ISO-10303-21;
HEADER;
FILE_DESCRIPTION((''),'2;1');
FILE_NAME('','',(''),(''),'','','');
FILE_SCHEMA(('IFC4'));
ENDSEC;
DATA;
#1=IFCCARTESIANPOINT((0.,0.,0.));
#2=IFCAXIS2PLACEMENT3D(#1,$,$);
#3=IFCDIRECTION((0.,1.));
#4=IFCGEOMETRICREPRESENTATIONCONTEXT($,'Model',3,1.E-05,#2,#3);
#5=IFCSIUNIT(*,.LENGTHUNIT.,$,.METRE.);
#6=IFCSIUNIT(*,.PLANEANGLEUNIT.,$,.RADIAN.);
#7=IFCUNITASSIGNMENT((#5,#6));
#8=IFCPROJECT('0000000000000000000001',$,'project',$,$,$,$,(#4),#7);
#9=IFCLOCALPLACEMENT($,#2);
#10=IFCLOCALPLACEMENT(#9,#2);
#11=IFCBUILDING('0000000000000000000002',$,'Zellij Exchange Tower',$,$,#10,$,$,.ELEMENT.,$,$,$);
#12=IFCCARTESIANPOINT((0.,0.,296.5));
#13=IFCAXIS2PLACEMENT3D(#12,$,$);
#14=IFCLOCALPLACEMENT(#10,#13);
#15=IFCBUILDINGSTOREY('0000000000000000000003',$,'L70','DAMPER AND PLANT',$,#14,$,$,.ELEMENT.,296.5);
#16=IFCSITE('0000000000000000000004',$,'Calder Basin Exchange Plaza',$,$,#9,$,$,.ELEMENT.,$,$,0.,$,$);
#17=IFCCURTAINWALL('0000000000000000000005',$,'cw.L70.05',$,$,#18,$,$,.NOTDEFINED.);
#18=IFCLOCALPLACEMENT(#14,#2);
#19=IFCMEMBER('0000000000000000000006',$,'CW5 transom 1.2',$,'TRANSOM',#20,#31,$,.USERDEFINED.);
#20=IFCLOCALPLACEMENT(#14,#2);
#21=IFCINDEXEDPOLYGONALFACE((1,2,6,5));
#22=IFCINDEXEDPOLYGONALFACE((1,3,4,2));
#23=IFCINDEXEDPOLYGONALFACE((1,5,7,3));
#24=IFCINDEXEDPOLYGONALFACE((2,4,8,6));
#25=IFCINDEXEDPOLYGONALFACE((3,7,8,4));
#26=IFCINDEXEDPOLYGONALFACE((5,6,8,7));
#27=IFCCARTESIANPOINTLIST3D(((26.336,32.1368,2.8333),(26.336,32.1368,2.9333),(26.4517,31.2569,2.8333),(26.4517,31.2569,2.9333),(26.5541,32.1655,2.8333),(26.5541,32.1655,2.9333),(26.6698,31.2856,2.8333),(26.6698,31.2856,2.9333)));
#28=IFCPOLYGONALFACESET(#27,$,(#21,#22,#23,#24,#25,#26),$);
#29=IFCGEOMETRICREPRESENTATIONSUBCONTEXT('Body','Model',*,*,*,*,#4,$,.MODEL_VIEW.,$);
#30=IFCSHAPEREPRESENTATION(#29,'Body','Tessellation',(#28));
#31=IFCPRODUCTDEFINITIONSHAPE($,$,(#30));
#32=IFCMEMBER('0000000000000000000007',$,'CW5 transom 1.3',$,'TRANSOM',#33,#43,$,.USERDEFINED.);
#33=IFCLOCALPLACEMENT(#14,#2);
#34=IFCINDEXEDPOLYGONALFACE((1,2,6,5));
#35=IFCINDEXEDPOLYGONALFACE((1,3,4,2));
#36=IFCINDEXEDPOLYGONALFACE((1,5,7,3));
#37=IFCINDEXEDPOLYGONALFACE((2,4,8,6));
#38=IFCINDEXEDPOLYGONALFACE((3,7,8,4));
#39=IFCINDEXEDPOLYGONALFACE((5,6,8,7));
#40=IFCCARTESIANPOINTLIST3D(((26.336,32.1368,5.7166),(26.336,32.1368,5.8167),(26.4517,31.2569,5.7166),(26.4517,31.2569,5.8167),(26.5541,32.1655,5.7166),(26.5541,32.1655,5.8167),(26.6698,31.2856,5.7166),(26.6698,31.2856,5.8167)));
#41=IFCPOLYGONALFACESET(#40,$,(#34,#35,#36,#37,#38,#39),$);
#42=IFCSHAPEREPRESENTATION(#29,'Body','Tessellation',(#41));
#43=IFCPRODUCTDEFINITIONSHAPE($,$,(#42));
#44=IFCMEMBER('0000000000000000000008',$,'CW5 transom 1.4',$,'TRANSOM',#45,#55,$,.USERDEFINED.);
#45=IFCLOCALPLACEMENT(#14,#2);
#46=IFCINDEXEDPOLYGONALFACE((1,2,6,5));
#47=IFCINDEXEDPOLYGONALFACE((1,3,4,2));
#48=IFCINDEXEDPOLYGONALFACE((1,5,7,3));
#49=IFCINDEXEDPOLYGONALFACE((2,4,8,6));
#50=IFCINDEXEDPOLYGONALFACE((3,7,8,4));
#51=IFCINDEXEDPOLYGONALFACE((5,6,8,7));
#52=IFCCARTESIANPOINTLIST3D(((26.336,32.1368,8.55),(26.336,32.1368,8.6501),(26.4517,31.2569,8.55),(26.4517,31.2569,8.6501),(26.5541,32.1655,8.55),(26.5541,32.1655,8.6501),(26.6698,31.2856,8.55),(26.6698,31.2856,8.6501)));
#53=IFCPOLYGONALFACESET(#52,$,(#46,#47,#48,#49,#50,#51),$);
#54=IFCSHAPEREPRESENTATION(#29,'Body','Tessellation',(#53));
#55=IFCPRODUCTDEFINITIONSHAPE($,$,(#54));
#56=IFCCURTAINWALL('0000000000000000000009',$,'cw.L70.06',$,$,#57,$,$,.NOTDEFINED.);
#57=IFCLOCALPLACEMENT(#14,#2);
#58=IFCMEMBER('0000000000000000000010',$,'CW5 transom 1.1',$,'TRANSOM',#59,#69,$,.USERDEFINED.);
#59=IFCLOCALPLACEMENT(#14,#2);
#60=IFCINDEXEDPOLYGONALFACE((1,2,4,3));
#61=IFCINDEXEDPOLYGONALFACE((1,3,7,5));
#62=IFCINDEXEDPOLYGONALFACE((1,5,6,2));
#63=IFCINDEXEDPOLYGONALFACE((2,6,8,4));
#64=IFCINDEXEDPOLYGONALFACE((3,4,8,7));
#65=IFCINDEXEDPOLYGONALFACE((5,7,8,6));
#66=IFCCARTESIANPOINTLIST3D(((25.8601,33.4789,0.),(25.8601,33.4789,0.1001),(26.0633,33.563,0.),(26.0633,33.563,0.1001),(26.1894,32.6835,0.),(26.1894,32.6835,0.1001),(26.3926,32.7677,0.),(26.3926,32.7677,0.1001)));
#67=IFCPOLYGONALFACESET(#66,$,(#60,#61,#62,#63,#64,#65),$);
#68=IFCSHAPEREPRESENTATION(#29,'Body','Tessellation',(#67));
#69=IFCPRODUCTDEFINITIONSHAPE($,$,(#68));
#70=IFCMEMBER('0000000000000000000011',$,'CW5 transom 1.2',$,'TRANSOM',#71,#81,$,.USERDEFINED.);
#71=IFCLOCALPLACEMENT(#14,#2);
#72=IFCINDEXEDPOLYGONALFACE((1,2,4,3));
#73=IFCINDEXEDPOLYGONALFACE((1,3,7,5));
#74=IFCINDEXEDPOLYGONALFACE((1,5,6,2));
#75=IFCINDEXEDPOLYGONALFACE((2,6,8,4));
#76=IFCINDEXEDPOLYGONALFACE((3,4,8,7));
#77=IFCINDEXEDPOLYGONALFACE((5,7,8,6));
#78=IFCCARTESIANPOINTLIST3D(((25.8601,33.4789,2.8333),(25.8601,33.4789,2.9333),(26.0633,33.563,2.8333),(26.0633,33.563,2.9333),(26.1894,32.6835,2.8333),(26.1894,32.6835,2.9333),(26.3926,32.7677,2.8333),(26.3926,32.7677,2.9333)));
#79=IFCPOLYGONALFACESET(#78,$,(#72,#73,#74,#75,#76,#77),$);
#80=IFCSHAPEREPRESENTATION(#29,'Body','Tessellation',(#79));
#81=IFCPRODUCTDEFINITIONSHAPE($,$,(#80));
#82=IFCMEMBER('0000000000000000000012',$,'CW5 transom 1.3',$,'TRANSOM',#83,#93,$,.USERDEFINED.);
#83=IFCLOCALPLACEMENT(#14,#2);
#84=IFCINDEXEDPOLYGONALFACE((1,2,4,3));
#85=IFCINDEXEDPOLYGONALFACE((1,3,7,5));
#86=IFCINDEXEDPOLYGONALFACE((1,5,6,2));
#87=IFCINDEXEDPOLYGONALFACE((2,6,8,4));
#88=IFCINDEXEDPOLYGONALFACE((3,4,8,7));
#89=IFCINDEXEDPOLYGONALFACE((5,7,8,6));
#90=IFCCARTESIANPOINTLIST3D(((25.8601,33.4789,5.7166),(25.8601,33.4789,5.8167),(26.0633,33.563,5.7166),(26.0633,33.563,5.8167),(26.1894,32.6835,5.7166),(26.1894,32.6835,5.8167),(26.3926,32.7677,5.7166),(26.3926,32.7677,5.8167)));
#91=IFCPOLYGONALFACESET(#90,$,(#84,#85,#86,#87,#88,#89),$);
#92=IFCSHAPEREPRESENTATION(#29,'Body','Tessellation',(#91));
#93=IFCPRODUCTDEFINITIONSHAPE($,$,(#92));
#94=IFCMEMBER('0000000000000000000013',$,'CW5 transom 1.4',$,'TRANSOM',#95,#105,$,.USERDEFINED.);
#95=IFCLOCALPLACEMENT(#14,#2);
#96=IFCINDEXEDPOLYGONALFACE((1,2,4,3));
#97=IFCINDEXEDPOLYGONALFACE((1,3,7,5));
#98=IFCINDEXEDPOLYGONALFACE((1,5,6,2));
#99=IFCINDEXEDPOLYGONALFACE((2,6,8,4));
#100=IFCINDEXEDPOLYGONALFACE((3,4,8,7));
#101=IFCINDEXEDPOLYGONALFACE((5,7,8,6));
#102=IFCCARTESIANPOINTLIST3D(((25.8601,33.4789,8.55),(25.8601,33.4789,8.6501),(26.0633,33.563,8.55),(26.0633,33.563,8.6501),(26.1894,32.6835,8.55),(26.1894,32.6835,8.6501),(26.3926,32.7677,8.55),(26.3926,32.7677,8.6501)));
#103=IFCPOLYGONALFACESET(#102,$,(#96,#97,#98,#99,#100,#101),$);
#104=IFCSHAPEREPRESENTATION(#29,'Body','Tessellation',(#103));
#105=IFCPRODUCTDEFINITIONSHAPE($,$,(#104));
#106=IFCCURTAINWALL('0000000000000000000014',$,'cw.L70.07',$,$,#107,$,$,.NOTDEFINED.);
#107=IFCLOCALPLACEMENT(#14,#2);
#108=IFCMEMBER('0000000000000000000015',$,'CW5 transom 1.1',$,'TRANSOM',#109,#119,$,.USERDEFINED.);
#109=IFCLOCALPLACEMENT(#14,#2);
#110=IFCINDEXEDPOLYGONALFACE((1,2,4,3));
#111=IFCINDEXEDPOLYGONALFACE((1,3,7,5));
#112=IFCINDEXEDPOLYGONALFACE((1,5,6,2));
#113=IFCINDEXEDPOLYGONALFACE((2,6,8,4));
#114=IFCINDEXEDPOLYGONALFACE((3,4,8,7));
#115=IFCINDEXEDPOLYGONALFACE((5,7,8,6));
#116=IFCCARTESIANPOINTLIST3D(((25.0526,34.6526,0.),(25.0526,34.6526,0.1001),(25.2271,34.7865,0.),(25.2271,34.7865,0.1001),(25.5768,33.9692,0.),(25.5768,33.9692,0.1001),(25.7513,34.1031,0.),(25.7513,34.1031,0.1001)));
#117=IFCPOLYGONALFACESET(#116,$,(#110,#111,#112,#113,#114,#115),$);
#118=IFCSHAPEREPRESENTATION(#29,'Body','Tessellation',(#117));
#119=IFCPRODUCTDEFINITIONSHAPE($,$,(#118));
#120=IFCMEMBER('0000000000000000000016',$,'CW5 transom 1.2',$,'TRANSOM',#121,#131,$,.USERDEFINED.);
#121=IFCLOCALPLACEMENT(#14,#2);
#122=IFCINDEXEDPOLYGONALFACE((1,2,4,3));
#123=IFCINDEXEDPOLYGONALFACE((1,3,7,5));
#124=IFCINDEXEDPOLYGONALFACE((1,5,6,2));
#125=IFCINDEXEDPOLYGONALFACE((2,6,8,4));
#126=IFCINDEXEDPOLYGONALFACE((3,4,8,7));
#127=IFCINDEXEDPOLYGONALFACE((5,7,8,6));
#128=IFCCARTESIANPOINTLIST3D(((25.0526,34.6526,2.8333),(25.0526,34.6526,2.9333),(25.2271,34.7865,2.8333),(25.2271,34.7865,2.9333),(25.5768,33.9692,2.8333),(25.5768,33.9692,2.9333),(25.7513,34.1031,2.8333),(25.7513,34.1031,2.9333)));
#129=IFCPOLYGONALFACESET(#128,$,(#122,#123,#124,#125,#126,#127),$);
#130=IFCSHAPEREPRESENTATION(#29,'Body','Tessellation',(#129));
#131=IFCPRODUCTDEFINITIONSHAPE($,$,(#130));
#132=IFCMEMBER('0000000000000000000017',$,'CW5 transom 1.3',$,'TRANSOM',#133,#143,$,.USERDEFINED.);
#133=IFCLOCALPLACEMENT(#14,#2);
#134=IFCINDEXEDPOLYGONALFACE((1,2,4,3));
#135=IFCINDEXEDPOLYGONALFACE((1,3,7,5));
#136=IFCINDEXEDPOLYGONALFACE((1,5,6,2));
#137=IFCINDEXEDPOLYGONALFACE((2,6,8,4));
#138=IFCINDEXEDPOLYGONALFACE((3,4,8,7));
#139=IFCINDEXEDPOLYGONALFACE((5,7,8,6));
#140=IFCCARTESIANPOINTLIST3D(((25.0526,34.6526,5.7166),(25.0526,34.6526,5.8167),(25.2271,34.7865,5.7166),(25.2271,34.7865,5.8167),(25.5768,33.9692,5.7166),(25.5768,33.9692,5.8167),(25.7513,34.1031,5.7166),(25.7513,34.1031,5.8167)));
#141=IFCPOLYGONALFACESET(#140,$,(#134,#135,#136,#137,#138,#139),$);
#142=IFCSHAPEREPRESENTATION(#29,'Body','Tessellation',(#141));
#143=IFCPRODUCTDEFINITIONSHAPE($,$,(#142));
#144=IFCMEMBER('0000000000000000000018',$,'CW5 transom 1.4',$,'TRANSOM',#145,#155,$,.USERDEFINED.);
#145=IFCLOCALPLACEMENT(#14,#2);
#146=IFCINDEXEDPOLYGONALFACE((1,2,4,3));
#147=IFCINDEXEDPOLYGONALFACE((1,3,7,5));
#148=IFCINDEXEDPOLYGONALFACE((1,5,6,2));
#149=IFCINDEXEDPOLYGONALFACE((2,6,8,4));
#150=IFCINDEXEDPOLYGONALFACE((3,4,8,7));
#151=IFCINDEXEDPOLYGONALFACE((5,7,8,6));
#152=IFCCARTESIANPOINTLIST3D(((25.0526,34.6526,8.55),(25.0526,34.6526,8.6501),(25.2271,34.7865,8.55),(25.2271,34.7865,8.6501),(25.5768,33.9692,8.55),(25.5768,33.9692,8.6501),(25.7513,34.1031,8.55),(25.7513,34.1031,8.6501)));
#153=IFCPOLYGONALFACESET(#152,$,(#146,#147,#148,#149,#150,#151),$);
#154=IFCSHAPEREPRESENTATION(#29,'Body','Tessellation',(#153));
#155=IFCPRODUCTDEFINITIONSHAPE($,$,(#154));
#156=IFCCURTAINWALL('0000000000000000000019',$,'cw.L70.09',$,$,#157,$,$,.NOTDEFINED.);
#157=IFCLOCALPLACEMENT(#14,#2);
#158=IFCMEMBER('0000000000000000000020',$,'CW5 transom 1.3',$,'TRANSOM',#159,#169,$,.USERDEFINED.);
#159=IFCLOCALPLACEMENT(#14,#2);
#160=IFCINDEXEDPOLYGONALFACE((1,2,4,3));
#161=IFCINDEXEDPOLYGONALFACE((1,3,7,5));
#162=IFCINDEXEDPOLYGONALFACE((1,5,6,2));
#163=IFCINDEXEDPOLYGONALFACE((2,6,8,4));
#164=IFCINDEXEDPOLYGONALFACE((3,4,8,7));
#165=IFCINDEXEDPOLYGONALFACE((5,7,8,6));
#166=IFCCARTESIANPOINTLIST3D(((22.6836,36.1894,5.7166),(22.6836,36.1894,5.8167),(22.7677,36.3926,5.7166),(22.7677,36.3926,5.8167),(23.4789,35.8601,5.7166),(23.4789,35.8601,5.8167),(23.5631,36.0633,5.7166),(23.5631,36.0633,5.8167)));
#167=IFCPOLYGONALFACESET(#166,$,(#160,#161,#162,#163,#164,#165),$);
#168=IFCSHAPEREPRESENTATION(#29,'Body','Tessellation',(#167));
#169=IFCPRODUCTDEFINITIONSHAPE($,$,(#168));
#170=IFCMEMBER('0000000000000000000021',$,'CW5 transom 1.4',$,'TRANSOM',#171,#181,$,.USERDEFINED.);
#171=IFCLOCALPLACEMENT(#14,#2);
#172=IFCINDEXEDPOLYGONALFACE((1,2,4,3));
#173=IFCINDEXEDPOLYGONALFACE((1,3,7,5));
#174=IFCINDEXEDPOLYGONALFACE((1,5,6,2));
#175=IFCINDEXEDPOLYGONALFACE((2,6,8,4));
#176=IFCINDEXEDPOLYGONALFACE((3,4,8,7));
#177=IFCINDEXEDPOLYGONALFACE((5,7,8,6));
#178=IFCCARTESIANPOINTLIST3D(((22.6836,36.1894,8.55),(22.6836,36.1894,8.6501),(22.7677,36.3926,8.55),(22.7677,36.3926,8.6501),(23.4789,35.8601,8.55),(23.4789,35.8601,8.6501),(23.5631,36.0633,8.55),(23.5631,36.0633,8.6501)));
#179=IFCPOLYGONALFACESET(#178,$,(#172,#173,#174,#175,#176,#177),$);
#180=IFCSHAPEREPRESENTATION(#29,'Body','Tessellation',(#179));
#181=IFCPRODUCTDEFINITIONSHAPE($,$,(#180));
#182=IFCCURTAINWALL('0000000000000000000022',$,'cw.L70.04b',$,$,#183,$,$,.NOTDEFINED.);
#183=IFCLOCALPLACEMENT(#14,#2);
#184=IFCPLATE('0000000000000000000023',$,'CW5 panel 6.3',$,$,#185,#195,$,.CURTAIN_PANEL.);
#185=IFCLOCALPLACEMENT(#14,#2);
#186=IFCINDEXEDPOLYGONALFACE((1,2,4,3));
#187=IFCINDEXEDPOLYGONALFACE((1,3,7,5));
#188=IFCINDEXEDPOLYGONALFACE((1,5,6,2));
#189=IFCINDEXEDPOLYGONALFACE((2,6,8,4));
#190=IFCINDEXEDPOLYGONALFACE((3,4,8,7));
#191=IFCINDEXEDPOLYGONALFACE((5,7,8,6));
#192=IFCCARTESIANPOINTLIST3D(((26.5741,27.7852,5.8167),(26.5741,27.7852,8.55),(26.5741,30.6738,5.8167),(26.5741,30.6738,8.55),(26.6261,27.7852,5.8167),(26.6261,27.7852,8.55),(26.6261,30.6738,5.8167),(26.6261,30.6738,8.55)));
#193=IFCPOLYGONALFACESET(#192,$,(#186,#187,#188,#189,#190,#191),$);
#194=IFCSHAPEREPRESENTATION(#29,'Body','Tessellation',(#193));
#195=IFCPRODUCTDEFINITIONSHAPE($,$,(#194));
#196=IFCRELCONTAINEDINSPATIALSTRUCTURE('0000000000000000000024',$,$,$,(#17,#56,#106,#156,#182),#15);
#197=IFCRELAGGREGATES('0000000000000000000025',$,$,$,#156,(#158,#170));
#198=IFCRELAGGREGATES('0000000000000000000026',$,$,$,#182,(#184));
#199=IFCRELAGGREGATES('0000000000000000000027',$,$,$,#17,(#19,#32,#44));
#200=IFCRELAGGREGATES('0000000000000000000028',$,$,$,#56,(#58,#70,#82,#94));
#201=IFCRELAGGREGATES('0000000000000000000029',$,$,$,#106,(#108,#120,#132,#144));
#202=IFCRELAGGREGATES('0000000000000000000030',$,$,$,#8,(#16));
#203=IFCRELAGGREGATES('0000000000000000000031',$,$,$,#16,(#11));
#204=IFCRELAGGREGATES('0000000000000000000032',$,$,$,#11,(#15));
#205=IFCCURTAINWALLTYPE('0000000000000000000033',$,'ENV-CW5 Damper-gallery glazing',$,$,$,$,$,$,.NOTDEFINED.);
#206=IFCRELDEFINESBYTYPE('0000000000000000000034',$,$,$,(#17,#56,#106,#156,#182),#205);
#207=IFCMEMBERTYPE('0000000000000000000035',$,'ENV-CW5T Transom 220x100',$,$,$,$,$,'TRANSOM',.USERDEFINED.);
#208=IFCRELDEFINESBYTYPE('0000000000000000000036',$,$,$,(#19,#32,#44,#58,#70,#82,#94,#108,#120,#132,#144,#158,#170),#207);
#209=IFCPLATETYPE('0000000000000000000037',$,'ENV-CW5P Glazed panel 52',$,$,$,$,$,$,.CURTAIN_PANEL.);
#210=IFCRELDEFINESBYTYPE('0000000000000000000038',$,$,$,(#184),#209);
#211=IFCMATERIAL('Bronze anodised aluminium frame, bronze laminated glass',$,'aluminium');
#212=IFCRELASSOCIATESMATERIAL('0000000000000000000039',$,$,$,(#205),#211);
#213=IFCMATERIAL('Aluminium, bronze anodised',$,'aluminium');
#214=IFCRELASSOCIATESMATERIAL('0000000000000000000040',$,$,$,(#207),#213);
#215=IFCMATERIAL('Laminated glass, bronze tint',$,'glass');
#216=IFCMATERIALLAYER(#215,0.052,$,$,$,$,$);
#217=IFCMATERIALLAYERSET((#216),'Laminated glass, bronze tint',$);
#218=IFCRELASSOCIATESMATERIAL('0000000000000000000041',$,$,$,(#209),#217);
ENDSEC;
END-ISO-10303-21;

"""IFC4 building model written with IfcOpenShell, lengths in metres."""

from ifc_helpers import new_model, si_unit, direction, frame, origin, origin_2d, place, context, subcontext, project, spatial, rectangle, extrude, material, layer, layer_set, material_profile, profile_set, type_object, element, aggregate, save


model = new_model("IFC4")

# Units and contexts
model_context = context("Model", 3, precision=1e-05, world=origin(), true_north=direction((0.0, 1.0)))
body_context = subcontext(model_context, "Body", "Model", "MODEL_VIEW")
ifc_project = project(units=[si_unit("LENGTHUNIT", "METRE"), si_unit("PLANEANGLEUNIT", "RADIAN")], contexts=[model_context])

# Site, building, storey
site_placement = place(None, origin())
site = spatial("IfcSite", under=ifc_project, at=site_placement, Name="Calder Basin Exchange Plaza", CompositionType="ELEMENT", RefElevation=0.0)
building_placement = place(site_placement, origin())
building = spatial("IfcBuilding", under=site, at=building_placement, Name="Zellij Exchange Tower", CompositionType="ELEMENT")
storey_placement = place(building_placement, frame((0.0, 0.0, 296.5)))
storey = spatial("IfcBuildingStorey", under=building, at=storey_placement, Name="L70", Description="DAMPER AND PLANT", CompositionType="ELEMENT", Elevation=296.5)

# Curtain walls, members
ifc_material_1 = material(Name="Bronze anodised aluminium frame, bronze laminated glass", Category="aluminium")
curtain_wall_type = type_object("IfcCurtainWallType", Name="ENV-CW5 Damper-gallery glazing", PredefinedType="NOTDEFINED", material=ifc_material_1)
curtain_wall_1_placement = place(storey_placement, origin())
curtain_wall_1 = element("IfcCurtainWall", 1, at=curtain_wall_1_placement, inside=storey, type_object=curtain_wall_type, Name="cw.L70.05", PredefinedType="NOTDEFINED")
ifc_material_2 = material(Name="Aluminium, bronze anodised", Category="aluminium")
ifc_material_profile = material_profile(ifc_material_2, rectangle(XDim=0.22, YDim=0.1001, at=origin_2d()), Name="AL 220x100")
ifc_profile_set = profile_set([ifc_material_profile], Name="Aluminium, bronze anodised")
member_type = type_object("IfcMemberType", Name="ENV-CW5T Transom 220x100", ElementType="TRANSOM", PredefinedType="USERDEFINED", material=ifc_profile_set)
member_1_placement = place(storey_placement, frame((26.5608, 31.2712, 2.8833), z_axis=(-0.130398, 0.991462, 0.0), x_axis=(-0.991462, -0.130398, 0.0)))
member_1 = element("IfcMember", 2, at=member_1_placement, type_object=member_type, Name="CW5 transom 1.2", ObjectType="TRANSOM", PredefinedType="USERDEFINED", context=body_context, shape_type="SweptSolid", body=[
    extrude(rectangle(XDim=0.22, YDim=0.1001, at=origin_2d()), origin(), (0.0, 0.0, 1.0), 0.8875),
])
member_2_placement = place(storey_placement, frame((26.5608, 31.2712, 5.7666), z_axis=(-0.130398, 0.991462, 0.0), x_axis=(-0.991462, -0.130398, 0.0)))
member_2 = element("IfcMember", 3, at=member_2_placement, type_object=member_type, Name="CW5 transom 1.3", ObjectType="TRANSOM", PredefinedType="USERDEFINED", context=body_context, shape_type="SweptSolid", body=[
    extrude(rectangle(XDim=0.22, YDim=0.1001, at=origin_2d()), origin(), (0.0, 0.0, 1.0), 0.8875),
])
member_3_placement = place(storey_placement, frame((26.5608, 31.2712, 8.6001), z_axis=(-0.130398, 0.991462, 0.0), x_axis=(-0.991462, -0.130398, 0.0)))
member_3 = element("IfcMember", 4, at=member_3_placement, type_object=member_type, Name="CW5 transom 1.4", ObjectType="TRANSOM", PredefinedType="USERDEFINED", context=body_context, shape_type="SweptSolid", body=[
    extrude(rectangle(XDim=0.22, YDim=0.1001, at=origin_2d()), origin(), (0.0, 0.0, 1.0), 0.8875),
])
curtain_wall_2_placement = place(storey_placement, origin())
curtain_wall_2 = element("IfcCurtainWall", 5, at=curtain_wall_2_placement, inside=storey, type_object=curtain_wall_type, Name="cw.L70.06", PredefinedType="NOTDEFINED")
member_4_placement = place(storey_placement, frame((26.291, 32.7256, 0.05), z_axis=(-0.382561, 0.92393, 0.0), x_axis=(-0.92393, -0.382561, 0.0)))
member_4 = element("IfcMember", 6, at=member_4_placement, type_object=member_type, Name="CW5 transom 1.1", ObjectType="TRANSOM", PredefinedType="USERDEFINED", context=body_context, shape_type="SweptSolid", body=[
    extrude(rectangle(XDim=0.22, YDim=0.1001, at=origin_2d()), origin(), (0.0, 0.0, 1.0), 0.8608),
])
member_5_placement = place(storey_placement, frame((26.291, 32.7256, 2.8833), z_axis=(-0.382561, 0.92393, 0.0), x_axis=(-0.92393, -0.382561, 0.0)))
member_5 = element("IfcMember", 7, at=member_5_placement, type_object=member_type, Name="CW5 transom 1.2", ObjectType="TRANSOM", PredefinedType="USERDEFINED", context=body_context, shape_type="SweptSolid", body=[
    extrude(rectangle(XDim=0.22, YDim=0.1001, at=origin_2d()), origin(), (0.0, 0.0, 1.0), 0.8608),
])
member_6_placement = place(storey_placement, frame((26.291, 32.7256, 5.7666), z_axis=(-0.382561, 0.92393, 0.0), x_axis=(-0.92393, -0.382561, 0.0)))
member_6 = element("IfcMember", 8, at=member_6_placement, type_object=member_type, Name="CW5 transom 1.3", ObjectType="TRANSOM", PredefinedType="USERDEFINED", context=body_context, shape_type="SweptSolid", body=[
    extrude(rectangle(XDim=0.22, YDim=0.1001, at=origin_2d()), origin(), (0.0, 0.0, 1.0), 0.8608),
])
member_7_placement = place(storey_placement, frame((26.291, 32.7256, 8.6001), z_axis=(-0.382561, 0.92393, 0.0), x_axis=(-0.92393, -0.382561, 0.0)))
member_7 = element("IfcMember", 9, at=member_7_placement, type_object=member_type, Name="CW5 transom 1.4", ObjectType="TRANSOM", PredefinedType="USERDEFINED", context=body_context, shape_type="SweptSolid", body=[
    extrude(rectangle(XDim=0.22, YDim=0.1001, at=origin_2d()), origin(), (0.0, 0.0, 1.0), 0.8608),
])
curtain_wall_3_placement = place(storey_placement, origin())
curtain_wall_3 = element("IfcCurtainWall", 10, at=curtain_wall_3_placement, inside=storey, type_object=curtain_wall_type, Name="cw.L70.07", PredefinedType="NOTDEFINED")
member_8_placement = place(storey_placement, frame((25.6641, 34.0361, 0.05), z_axis=(-0.608628, 0.793456, 0.0), x_axis=(-0.793456, -0.608628, 0.0)))
member_8 = element("IfcMember", 11, at=member_8_placement, type_object=member_type, Name="CW5 transom 1.1", ObjectType="TRANSOM", PredefinedType="USERDEFINED", context=body_context, shape_type="SweptSolid", body=[
    extrude(rectangle(XDim=0.22, YDim=0.1001, at=origin_2d()), origin(), (0.0, 0.0, 1.0), 0.8613),
])
member_9_placement = place(storey_placement, frame((25.6641, 34.0361, 2.8833), z_axis=(-0.608628, 0.793456, 0.0), x_axis=(-0.793456, -0.608628, 0.0)))
member_9 = element("IfcMember", 12, at=member_9_placement, type_object=member_type, Name="CW5 transom 1.2", ObjectType="TRANSOM", PredefinedType="USERDEFINED", context=body_context, shape_type="SweptSolid", body=[
    extrude(rectangle(XDim=0.22, YDim=0.1001, at=origin_2d()), origin(), (0.0, 0.0, 1.0), 0.8613),
])
member_10_placement = place(storey_placement, frame((25.6641, 34.0361, 5.7666), z_axis=(-0.608628, 0.793456, 0.0), x_axis=(-0.793456, -0.608628, 0.0)))
member_10 = element("IfcMember", 13, at=member_10_placement, type_object=member_type, Name="CW5 transom 1.3", ObjectType="TRANSOM", PredefinedType="USERDEFINED", context=body_context, shape_type="SweptSolid", body=[
    extrude(rectangle(XDim=0.22, YDim=0.1001, at=origin_2d()), origin(), (0.0, 0.0, 1.0), 0.8613),
])
member_11_placement = place(storey_placement, frame((25.6641, 34.0361, 8.6001), z_axis=(-0.608628, 0.793456, 0.0), x_axis=(-0.793456, -0.608628, 0.0)))
member_11 = element("IfcMember", 14, at=member_11_placement, type_object=member_type, Name="CW5 transom 1.4", ObjectType="TRANSOM", PredefinedType="USERDEFINED", context=body_context, shape_type="SweptSolid", body=[
    extrude(rectangle(XDim=0.22, YDim=0.1001, at=origin_2d()), origin(), (0.0, 0.0, 1.0), 0.8613),
])
curtain_wall_4_placement = place(storey_placement, origin())
curtain_wall_4 = element("IfcCurtainWall", 15, at=curtain_wall_4_placement, inside=storey, type_object=curtain_wall_type, Name="cw.L70.09", PredefinedType="NOTDEFINED")
member_12_placement = place(storey_placement, frame((23.521, 35.9617, 5.7666), z_axis=(-0.92393, 0.382561, 0.0), x_axis=(-0.382561, -0.92393, 0.0)))
member_12 = element("IfcMember", 16, at=member_12_placement, type_object=member_type, Name="CW5 transom 1.3", ObjectType="TRANSOM", PredefinedType="USERDEFINED", context=body_context, shape_type="SweptSolid", body=[
    extrude(rectangle(XDim=0.22, YDim=0.1001, at=origin_2d()), origin(), (0.0, 0.0, 1.0), 0.8608),
])
member_13_placement = place(storey_placement, frame((23.521, 35.9617, 8.6001), z_axis=(-0.92393, 0.382561, 0.0), x_axis=(-0.382561, -0.92393, 0.0)))
member_13 = element("IfcMember", 17, at=member_13_placement, type_object=member_type, Name="CW5 transom 1.4", ObjectType="TRANSOM", PredefinedType="USERDEFINED", context=body_context, shape_type="SweptSolid", body=[
    extrude(rectangle(XDim=0.22, YDim=0.1001, at=origin_2d()), origin(), (0.0, 0.0, 1.0), 0.8608),
])
aggregate(curtain_wall_4, [member_12, member_13])

# Curtain wall, plate
curtain_wall_5_placement = place(storey_placement, origin())
curtain_wall_5 = element("IfcCurtainWall", 18, at=curtain_wall_5_placement, inside=storey, type_object=curtain_wall_type, Name="cw.L70.04b", PredefinedType="NOTDEFINED")
ifc_material_3 = material(Name="Laminated glass, bronze tint", Category="glass")
ifc_layer = layer(ifc_material_3, 0.052)
ifc_layer_set = layer_set([ifc_layer], Name="Laminated glass, bronze tint")
plate_type = type_object("IfcPlateType", Name="ENV-CW5P Glazed panel 52", PredefinedType="CURTAIN_PANEL", material=ifc_layer_set)
plate_1_placement = place(storey_placement, frame((26.6001, 29.2295, 5.8167), z_axis=(0.0, 0.0, 1.0), x_axis=(0.0, 1.0, 0.0)))
plate_1 = element("IfcPlate", 19, at=plate_1_placement, type_object=plate_type, Name="CW5 panel 6.3", PredefinedType="CURTAIN_PANEL", context=body_context, shape_type="SweptSolid", body=[
    extrude(rectangle(XDim=2.8887, YDim=0.052, at=origin_2d()), origin(), (0.0, 0.0, 1.0), 2.7334),
])
aggregate(curtain_wall_5, [plate_1])

aggregate(curtain_wall_1, [member_1, member_2, member_3])
aggregate(curtain_wall_2, [member_4, member_5, member_6, member_7])
aggregate(curtain_wall_3, [member_8, member_9, member_10, member_11])

save(model, "model.ifc")
